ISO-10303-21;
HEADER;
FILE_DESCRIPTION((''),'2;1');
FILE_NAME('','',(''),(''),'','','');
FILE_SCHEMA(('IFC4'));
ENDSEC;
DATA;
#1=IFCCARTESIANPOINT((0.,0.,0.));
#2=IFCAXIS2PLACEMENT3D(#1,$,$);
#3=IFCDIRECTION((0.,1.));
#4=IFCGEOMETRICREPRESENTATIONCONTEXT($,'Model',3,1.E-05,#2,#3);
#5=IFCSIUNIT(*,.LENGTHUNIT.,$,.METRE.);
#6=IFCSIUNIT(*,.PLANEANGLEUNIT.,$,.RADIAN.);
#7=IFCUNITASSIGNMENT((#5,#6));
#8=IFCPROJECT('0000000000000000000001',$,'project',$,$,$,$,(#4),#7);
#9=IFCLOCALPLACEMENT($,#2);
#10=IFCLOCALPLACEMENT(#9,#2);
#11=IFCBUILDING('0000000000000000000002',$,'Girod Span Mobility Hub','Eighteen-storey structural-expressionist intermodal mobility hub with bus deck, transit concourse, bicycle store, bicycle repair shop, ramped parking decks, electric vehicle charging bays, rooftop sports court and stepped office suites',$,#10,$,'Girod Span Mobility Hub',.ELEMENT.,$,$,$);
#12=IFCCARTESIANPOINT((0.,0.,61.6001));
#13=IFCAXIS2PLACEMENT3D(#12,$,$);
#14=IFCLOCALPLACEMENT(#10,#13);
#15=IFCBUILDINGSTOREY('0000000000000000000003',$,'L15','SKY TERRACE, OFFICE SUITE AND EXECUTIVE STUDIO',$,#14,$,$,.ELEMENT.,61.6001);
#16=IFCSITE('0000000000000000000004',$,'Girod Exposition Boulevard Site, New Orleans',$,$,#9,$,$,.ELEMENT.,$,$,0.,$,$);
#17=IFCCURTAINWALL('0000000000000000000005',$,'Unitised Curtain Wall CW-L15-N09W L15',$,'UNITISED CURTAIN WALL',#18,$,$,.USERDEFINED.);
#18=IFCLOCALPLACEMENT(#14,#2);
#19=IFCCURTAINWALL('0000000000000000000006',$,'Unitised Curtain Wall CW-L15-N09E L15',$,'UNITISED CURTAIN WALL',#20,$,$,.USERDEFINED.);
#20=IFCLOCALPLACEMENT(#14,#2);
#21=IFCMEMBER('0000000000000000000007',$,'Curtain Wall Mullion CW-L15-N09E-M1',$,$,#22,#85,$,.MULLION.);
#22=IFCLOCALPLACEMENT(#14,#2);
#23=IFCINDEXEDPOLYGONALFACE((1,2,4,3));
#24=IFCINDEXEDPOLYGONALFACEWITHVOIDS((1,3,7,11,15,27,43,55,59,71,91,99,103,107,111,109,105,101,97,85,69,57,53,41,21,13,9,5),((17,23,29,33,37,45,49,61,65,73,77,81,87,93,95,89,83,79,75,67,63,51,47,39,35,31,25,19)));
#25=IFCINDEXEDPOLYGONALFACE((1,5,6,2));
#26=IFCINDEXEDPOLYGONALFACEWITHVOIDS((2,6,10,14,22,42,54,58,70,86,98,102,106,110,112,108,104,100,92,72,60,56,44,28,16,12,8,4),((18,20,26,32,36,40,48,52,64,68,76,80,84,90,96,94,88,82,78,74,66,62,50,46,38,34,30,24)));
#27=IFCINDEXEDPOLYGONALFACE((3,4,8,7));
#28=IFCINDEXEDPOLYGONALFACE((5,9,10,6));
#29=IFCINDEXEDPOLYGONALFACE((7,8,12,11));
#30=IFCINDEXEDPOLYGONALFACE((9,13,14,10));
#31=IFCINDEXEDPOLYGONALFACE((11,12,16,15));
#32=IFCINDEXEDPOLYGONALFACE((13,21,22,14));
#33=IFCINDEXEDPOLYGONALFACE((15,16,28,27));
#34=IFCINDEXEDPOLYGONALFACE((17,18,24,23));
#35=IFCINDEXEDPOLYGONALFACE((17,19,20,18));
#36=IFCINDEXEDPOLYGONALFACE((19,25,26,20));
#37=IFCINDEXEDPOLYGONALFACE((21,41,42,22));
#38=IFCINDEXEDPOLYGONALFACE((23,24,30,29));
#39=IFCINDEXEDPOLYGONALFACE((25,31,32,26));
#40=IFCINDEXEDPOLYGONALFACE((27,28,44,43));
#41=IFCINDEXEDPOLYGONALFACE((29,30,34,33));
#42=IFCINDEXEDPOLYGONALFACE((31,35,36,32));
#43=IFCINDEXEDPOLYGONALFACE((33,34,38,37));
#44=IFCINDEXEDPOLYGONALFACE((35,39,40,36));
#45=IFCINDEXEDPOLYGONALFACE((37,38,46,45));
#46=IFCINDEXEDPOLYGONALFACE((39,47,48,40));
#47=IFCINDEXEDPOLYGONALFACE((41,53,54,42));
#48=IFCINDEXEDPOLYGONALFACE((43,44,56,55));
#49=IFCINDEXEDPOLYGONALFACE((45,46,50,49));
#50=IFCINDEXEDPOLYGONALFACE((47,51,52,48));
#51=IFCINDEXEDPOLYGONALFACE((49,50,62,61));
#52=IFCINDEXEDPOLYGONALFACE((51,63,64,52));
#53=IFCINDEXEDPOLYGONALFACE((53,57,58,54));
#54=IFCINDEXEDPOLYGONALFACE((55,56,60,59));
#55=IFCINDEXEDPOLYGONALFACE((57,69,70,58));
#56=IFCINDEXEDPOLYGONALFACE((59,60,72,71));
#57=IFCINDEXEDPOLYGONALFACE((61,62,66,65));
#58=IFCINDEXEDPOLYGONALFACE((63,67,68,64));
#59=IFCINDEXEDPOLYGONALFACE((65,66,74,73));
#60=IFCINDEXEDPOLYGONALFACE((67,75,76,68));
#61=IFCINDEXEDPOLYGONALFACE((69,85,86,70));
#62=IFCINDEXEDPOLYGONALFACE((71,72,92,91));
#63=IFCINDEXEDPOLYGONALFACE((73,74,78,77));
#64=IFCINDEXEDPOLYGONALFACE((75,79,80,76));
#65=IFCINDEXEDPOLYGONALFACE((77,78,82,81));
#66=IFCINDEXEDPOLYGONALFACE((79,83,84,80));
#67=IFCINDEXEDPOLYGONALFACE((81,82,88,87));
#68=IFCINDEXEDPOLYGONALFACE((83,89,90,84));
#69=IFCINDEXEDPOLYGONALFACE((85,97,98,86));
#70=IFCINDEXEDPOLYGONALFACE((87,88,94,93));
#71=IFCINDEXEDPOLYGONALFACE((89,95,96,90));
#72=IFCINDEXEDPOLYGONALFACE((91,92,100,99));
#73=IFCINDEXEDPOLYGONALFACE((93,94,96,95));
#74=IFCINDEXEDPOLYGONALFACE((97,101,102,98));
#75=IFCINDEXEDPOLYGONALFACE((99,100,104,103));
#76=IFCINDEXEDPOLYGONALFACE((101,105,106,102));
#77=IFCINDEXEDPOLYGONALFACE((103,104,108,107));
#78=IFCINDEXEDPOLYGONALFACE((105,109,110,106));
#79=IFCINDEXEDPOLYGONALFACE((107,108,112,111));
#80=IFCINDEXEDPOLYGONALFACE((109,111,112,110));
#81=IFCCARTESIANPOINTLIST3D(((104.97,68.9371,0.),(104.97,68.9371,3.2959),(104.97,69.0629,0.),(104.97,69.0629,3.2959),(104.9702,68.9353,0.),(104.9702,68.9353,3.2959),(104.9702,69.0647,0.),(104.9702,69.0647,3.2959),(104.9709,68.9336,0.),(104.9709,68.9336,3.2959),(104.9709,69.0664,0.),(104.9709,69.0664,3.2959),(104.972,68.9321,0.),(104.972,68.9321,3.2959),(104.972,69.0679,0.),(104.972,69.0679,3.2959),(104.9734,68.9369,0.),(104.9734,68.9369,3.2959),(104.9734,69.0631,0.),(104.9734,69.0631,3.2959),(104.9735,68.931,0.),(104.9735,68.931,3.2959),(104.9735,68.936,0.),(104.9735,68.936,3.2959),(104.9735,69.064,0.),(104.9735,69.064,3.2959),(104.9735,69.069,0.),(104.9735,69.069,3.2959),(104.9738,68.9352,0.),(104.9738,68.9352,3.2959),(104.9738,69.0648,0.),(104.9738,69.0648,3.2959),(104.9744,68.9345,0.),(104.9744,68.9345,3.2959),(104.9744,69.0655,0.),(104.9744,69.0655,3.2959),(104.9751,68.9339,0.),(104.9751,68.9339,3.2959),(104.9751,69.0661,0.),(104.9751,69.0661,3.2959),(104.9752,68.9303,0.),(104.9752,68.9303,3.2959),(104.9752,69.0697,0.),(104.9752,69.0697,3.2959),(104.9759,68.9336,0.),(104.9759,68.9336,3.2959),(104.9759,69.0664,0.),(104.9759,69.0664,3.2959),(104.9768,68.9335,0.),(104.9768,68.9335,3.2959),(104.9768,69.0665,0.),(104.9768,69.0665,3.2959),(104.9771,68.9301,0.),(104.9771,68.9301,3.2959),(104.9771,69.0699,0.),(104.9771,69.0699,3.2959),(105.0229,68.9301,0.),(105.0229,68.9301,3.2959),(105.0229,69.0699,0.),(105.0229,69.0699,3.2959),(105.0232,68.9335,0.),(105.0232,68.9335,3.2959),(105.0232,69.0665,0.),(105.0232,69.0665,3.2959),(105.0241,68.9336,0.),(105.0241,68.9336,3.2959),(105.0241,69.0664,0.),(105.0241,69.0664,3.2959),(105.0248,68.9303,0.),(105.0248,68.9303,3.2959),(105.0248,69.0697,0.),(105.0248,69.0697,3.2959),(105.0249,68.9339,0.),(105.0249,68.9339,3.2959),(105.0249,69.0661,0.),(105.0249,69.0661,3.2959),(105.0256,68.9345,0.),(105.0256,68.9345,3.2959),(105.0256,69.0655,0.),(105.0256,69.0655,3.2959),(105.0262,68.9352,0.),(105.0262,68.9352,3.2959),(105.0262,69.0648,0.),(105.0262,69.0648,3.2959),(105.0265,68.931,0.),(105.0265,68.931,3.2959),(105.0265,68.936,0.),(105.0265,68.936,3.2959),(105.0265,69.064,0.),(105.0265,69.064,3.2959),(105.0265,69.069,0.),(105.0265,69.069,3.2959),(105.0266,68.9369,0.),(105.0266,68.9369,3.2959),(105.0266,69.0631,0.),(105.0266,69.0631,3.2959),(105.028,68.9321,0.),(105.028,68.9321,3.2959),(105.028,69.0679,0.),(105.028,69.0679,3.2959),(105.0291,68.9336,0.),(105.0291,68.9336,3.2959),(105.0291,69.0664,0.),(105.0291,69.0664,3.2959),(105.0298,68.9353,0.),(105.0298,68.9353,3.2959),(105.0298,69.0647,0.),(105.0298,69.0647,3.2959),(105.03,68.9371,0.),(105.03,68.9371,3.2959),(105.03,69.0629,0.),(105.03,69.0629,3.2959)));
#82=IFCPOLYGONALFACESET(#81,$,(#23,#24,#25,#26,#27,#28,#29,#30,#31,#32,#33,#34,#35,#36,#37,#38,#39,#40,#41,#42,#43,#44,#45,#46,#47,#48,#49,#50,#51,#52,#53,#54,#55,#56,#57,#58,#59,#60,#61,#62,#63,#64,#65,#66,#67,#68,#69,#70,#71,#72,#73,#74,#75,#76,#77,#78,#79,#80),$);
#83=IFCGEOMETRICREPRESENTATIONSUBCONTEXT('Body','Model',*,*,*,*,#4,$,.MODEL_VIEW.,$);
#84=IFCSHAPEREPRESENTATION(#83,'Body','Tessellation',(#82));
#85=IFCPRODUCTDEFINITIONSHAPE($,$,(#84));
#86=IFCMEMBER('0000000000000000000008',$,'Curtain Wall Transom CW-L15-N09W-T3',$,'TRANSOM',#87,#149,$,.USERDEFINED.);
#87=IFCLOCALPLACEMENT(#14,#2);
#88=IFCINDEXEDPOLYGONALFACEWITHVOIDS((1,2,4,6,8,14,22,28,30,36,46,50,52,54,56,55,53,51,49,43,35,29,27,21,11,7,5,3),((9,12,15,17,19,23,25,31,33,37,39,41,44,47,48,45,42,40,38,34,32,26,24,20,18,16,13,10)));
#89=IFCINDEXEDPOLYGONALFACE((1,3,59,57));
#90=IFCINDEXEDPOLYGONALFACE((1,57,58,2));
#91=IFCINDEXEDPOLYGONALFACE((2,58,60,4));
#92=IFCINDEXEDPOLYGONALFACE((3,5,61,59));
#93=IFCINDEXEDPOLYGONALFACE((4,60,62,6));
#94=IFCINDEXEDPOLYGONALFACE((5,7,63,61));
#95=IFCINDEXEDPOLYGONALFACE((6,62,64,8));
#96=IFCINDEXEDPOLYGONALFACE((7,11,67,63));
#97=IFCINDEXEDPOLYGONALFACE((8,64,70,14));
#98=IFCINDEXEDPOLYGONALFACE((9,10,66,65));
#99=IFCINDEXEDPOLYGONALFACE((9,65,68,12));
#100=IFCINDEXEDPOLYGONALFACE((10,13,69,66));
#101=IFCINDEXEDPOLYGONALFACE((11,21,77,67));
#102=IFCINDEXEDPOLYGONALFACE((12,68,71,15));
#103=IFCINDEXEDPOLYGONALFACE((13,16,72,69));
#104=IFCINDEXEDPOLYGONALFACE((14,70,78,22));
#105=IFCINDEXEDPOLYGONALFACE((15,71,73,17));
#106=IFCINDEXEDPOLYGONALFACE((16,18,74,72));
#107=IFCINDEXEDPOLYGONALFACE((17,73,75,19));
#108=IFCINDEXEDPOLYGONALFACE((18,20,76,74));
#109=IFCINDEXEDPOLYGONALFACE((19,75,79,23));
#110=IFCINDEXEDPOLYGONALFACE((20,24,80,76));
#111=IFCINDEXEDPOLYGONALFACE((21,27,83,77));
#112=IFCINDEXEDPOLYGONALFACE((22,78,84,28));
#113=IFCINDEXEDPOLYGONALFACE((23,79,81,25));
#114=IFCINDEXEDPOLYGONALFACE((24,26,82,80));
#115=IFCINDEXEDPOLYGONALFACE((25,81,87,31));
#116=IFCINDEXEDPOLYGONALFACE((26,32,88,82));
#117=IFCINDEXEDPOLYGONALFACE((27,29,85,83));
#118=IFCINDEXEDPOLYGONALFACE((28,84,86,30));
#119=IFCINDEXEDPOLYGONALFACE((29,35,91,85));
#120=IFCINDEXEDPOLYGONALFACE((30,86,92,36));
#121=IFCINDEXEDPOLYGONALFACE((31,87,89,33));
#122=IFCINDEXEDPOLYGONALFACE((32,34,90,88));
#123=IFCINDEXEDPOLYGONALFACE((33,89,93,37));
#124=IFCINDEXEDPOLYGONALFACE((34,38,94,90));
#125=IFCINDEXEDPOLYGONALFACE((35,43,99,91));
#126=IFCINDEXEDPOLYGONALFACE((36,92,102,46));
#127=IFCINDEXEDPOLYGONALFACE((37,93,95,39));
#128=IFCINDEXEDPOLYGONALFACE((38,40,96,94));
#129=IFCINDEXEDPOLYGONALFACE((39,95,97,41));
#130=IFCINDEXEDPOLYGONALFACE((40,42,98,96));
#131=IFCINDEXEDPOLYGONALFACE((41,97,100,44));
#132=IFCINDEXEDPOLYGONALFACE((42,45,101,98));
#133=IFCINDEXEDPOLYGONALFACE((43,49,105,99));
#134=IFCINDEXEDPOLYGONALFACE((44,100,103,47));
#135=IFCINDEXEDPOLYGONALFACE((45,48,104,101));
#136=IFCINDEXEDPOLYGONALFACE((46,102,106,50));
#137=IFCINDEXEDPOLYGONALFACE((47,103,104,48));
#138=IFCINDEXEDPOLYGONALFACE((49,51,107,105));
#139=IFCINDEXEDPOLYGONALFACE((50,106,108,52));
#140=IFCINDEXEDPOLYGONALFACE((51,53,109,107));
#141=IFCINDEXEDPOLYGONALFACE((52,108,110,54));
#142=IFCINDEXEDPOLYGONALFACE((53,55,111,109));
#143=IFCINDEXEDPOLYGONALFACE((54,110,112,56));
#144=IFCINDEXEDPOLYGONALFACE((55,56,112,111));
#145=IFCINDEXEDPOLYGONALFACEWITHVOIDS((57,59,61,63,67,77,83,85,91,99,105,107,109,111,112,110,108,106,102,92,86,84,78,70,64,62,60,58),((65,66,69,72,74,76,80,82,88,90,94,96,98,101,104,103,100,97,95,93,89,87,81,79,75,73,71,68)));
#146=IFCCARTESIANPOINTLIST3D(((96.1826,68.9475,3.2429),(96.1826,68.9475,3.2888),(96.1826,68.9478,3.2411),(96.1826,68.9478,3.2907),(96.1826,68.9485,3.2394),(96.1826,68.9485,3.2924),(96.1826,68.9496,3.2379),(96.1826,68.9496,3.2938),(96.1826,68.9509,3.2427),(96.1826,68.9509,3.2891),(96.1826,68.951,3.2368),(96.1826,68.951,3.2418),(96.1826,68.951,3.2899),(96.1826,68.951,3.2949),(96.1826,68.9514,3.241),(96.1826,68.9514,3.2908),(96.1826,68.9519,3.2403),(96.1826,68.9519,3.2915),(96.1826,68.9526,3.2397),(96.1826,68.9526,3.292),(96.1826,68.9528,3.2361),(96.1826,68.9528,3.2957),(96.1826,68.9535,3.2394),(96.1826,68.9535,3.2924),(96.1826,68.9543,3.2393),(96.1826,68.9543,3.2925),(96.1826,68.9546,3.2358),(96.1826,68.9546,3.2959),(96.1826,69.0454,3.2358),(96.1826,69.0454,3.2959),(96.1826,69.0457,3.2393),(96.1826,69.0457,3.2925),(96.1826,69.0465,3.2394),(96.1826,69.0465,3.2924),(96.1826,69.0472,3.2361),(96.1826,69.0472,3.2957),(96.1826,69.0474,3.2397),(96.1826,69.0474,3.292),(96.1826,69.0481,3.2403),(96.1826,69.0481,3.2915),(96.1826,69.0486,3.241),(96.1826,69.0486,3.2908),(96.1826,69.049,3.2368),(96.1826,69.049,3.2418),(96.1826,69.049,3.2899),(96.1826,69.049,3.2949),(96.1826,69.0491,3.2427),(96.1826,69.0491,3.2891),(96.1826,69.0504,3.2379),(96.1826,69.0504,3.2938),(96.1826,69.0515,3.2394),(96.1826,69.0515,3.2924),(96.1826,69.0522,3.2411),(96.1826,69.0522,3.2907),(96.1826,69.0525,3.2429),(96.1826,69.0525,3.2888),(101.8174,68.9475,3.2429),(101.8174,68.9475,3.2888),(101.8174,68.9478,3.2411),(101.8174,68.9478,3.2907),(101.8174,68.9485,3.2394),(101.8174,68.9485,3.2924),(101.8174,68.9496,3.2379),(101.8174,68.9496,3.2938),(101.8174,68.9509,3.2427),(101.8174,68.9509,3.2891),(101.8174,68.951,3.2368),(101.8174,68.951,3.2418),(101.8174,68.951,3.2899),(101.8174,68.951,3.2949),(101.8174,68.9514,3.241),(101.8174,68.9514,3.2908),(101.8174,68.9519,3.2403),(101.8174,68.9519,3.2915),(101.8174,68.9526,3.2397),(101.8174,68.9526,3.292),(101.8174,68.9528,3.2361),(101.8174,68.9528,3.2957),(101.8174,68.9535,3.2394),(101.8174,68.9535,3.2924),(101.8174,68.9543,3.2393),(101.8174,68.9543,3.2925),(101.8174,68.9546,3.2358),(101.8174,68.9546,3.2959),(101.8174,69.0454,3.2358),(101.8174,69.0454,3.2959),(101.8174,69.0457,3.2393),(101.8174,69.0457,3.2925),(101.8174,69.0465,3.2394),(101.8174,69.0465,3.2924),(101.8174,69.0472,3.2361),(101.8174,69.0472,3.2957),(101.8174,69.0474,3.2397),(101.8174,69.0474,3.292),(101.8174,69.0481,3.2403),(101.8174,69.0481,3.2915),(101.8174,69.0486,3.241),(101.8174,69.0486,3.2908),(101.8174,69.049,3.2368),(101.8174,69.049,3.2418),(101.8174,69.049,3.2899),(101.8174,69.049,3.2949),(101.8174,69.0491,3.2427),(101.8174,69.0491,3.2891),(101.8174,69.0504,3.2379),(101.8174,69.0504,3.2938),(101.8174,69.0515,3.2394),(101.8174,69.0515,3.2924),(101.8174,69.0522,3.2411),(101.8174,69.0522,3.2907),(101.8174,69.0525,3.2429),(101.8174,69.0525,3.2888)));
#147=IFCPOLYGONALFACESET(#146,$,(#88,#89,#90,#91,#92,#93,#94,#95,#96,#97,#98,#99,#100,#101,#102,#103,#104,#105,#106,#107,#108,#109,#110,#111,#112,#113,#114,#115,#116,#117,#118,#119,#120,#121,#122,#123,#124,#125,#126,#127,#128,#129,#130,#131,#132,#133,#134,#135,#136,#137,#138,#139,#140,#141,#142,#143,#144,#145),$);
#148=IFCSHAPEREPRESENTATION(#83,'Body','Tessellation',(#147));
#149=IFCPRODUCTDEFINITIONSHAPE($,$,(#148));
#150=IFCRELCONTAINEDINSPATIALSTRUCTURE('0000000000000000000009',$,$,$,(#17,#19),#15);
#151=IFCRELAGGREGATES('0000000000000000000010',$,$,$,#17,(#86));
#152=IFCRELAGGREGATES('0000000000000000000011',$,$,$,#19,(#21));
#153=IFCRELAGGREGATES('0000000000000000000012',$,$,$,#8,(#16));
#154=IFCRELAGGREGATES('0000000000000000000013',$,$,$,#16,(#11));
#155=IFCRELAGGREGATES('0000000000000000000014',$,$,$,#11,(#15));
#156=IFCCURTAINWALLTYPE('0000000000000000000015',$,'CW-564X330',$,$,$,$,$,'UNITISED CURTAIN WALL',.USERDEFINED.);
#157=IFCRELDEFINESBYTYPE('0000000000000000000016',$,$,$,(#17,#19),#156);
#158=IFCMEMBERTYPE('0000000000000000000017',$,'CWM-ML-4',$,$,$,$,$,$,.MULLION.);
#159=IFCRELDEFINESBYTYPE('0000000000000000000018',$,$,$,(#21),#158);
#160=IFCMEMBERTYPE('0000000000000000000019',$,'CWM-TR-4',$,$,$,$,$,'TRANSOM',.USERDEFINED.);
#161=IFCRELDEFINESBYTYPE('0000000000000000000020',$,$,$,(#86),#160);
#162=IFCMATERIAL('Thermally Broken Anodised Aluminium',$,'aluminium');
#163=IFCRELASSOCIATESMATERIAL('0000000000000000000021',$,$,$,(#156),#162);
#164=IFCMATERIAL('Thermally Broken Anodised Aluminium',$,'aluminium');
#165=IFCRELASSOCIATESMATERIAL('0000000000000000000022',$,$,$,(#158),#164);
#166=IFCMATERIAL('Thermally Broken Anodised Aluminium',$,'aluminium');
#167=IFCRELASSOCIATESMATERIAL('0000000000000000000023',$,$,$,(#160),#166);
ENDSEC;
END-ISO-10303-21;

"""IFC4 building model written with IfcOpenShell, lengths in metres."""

from ifc_helpers import new_model, si_unit, direction, frame, origin, origin_2d, place, context, subcontext, project, spatial, hollow_rectangle, extrude, material, material_profile, profile_set, type_object, element, aggregate, save


model = new_model("IFC4")

# Units and contexts
model_context = context("Model", 3, precision=1e-05, world=origin(), true_north=direction((0.0, 1.0)))
body_context = subcontext(model_context, "Body", "Model", "MODEL_VIEW")
ifc_project = project(units=[si_unit("LENGTHUNIT", "METRE"), si_unit("PLANEANGLEUNIT", "RADIAN")], contexts=[model_context])

# Site, building, storey
site_placement = place(None, origin())
site = spatial("IfcSite", under=ifc_project, at=site_placement, Name="Girod Exposition Boulevard Site, New Orleans", CompositionType="ELEMENT", RefElevation=0.0)
building_placement = place(site_placement, origin())
building = spatial("IfcBuilding", under=site, at=building_placement, Name="Girod Span Mobility Hub", Description="Eighteen-storey structural-expressionist intermodal mobility hub with bus deck, transit concourse, bicycle store, bicycle repair shop, ramped parking decks, electric vehicle charging bays, rooftop sports court and stepped office suites", LongName="Girod Span Mobility Hub", CompositionType="ELEMENT")
storey_placement = place(building_placement, frame((0.0, 0.0, 61.6001)))
storey = spatial("IfcBuildingStorey", under=building, at=storey_placement, Name="L15", Description="SKY TERRACE, OFFICE SUITE AND EXECUTIVE STUDIO", CompositionType="ELEMENT", Elevation=61.6001)

# Curtain walls, member
ifc_material_1 = material(Name="Thermally Broken Anodised Aluminium", Category="aluminium")
curtain_wall_type = type_object("IfcCurtainWallType", Name="CW-564X330", ElementType="UNITISED CURTAIN WALL", PredefinedType="USERDEFINED", material=ifc_material_1)
curtain_wall_1_placement = place(storey_placement, origin())
curtain_wall_1 = element("IfcCurtainWall", 1, at=curtain_wall_1_placement, inside=storey, type_object=curtain_wall_type, Name="Unitised Curtain Wall CW-L15-N09W L15", ObjectType="UNITISED CURTAIN WALL", PredefinedType="USERDEFINED")
ifc_material_2 = material(Name="Thermally Broken Anodised Aluminium", Category="aluminium")
ifc_material_profile_1 = material_profile(ifc_material_2, hollow_rectangle(XDim=0.1399, YDim=0.0601, WallThickness=0.0034, InnerFilletRadius=0.0034, OuterFilletRadius=0.0071, at=origin_2d()), Name="CW-ML-60X140")
ifc_profile_set_1 = profile_set([ifc_material_profile_1], Name="Thermally Broken Anodised Aluminium")
member_type_1 = type_object("IfcMemberType", Name="CWM-ML-4", PredefinedType="MULLION", material=ifc_profile_set_1)
curtain_wall_2_placement = place(storey_placement, origin())
curtain_wall_2 = element("IfcCurtainWall", 2, at=curtain_wall_2_placement, inside=storey, type_object=curtain_wall_type, Name="Unitised Curtain Wall CW-L15-N09E L15", ObjectType="UNITISED CURTAIN WALL", PredefinedType="USERDEFINED")
member_1_placement = place(storey_placement, frame((105.0, 69.0, 0.0), z_axis=(0.0, 0.0, 1.0), x_axis=(0.0, 1.0, 0.0)))
member_1 = element("IfcMember", 3, at=member_1_placement, type_object=member_type_1, Name="Curtain Wall Mullion CW-L15-N09E-M1", PredefinedType="MULLION", context=body_context, shape_type="SweptSolid", body=[
    extrude(hollow_rectangle(XDim=0.1399, YDim=0.0601, WallThickness=0.0034, InnerFilletRadius=0.0034, OuterFilletRadius=0.0071, at=origin_2d()), origin(), (0.0, 0.0, 1.0), 3.2959),
])

# Member
ifc_material_3 = material(Name="Thermally Broken Anodised Aluminium", Category="aluminium")
ifc_material_profile_2 = material_profile(ifc_material_3, hollow_rectangle(XDim=0.105, YDim=0.0601, WallThickness=0.0034, InnerFilletRadius=0.0034, OuterFilletRadius=0.0071, at=origin_2d()), Name="CW-TR-60X105")
ifc_profile_set_2 = profile_set([ifc_material_profile_2], Name="Thermally Broken Anodised Aluminium")
member_type_2 = type_object("IfcMemberType", Name="CWM-TR-4", ElementType="TRANSOM", PredefinedType="USERDEFINED", material=ifc_profile_set_2)
member_2_placement = place(storey_placement, frame((96.1826, 69.0, 3.2659), z_axis=(1.0, 0.0, 0.0), x_axis=(0.0, 1.0, 0.0)))
member_2 = element("IfcMember", 4, at=member_2_placement, type_object=member_type_2, Name="Curtain Wall Transom CW-L15-N09W-T3", ObjectType="TRANSOM", PredefinedType="USERDEFINED", context=body_context, shape_type="SweptSolid", body=[
    extrude(hollow_rectangle(XDim=0.105, YDim=0.0601, WallThickness=0.0034, InnerFilletRadius=0.0034, OuterFilletRadius=0.0071, at=origin_2d()), origin(), (0.0, 0.0, 1.0), 5.6348),
])

aggregate(curtain_wall_1, [member_2])
aggregate(curtain_wall_2, [member_1])

save(model, "model.ifc")
